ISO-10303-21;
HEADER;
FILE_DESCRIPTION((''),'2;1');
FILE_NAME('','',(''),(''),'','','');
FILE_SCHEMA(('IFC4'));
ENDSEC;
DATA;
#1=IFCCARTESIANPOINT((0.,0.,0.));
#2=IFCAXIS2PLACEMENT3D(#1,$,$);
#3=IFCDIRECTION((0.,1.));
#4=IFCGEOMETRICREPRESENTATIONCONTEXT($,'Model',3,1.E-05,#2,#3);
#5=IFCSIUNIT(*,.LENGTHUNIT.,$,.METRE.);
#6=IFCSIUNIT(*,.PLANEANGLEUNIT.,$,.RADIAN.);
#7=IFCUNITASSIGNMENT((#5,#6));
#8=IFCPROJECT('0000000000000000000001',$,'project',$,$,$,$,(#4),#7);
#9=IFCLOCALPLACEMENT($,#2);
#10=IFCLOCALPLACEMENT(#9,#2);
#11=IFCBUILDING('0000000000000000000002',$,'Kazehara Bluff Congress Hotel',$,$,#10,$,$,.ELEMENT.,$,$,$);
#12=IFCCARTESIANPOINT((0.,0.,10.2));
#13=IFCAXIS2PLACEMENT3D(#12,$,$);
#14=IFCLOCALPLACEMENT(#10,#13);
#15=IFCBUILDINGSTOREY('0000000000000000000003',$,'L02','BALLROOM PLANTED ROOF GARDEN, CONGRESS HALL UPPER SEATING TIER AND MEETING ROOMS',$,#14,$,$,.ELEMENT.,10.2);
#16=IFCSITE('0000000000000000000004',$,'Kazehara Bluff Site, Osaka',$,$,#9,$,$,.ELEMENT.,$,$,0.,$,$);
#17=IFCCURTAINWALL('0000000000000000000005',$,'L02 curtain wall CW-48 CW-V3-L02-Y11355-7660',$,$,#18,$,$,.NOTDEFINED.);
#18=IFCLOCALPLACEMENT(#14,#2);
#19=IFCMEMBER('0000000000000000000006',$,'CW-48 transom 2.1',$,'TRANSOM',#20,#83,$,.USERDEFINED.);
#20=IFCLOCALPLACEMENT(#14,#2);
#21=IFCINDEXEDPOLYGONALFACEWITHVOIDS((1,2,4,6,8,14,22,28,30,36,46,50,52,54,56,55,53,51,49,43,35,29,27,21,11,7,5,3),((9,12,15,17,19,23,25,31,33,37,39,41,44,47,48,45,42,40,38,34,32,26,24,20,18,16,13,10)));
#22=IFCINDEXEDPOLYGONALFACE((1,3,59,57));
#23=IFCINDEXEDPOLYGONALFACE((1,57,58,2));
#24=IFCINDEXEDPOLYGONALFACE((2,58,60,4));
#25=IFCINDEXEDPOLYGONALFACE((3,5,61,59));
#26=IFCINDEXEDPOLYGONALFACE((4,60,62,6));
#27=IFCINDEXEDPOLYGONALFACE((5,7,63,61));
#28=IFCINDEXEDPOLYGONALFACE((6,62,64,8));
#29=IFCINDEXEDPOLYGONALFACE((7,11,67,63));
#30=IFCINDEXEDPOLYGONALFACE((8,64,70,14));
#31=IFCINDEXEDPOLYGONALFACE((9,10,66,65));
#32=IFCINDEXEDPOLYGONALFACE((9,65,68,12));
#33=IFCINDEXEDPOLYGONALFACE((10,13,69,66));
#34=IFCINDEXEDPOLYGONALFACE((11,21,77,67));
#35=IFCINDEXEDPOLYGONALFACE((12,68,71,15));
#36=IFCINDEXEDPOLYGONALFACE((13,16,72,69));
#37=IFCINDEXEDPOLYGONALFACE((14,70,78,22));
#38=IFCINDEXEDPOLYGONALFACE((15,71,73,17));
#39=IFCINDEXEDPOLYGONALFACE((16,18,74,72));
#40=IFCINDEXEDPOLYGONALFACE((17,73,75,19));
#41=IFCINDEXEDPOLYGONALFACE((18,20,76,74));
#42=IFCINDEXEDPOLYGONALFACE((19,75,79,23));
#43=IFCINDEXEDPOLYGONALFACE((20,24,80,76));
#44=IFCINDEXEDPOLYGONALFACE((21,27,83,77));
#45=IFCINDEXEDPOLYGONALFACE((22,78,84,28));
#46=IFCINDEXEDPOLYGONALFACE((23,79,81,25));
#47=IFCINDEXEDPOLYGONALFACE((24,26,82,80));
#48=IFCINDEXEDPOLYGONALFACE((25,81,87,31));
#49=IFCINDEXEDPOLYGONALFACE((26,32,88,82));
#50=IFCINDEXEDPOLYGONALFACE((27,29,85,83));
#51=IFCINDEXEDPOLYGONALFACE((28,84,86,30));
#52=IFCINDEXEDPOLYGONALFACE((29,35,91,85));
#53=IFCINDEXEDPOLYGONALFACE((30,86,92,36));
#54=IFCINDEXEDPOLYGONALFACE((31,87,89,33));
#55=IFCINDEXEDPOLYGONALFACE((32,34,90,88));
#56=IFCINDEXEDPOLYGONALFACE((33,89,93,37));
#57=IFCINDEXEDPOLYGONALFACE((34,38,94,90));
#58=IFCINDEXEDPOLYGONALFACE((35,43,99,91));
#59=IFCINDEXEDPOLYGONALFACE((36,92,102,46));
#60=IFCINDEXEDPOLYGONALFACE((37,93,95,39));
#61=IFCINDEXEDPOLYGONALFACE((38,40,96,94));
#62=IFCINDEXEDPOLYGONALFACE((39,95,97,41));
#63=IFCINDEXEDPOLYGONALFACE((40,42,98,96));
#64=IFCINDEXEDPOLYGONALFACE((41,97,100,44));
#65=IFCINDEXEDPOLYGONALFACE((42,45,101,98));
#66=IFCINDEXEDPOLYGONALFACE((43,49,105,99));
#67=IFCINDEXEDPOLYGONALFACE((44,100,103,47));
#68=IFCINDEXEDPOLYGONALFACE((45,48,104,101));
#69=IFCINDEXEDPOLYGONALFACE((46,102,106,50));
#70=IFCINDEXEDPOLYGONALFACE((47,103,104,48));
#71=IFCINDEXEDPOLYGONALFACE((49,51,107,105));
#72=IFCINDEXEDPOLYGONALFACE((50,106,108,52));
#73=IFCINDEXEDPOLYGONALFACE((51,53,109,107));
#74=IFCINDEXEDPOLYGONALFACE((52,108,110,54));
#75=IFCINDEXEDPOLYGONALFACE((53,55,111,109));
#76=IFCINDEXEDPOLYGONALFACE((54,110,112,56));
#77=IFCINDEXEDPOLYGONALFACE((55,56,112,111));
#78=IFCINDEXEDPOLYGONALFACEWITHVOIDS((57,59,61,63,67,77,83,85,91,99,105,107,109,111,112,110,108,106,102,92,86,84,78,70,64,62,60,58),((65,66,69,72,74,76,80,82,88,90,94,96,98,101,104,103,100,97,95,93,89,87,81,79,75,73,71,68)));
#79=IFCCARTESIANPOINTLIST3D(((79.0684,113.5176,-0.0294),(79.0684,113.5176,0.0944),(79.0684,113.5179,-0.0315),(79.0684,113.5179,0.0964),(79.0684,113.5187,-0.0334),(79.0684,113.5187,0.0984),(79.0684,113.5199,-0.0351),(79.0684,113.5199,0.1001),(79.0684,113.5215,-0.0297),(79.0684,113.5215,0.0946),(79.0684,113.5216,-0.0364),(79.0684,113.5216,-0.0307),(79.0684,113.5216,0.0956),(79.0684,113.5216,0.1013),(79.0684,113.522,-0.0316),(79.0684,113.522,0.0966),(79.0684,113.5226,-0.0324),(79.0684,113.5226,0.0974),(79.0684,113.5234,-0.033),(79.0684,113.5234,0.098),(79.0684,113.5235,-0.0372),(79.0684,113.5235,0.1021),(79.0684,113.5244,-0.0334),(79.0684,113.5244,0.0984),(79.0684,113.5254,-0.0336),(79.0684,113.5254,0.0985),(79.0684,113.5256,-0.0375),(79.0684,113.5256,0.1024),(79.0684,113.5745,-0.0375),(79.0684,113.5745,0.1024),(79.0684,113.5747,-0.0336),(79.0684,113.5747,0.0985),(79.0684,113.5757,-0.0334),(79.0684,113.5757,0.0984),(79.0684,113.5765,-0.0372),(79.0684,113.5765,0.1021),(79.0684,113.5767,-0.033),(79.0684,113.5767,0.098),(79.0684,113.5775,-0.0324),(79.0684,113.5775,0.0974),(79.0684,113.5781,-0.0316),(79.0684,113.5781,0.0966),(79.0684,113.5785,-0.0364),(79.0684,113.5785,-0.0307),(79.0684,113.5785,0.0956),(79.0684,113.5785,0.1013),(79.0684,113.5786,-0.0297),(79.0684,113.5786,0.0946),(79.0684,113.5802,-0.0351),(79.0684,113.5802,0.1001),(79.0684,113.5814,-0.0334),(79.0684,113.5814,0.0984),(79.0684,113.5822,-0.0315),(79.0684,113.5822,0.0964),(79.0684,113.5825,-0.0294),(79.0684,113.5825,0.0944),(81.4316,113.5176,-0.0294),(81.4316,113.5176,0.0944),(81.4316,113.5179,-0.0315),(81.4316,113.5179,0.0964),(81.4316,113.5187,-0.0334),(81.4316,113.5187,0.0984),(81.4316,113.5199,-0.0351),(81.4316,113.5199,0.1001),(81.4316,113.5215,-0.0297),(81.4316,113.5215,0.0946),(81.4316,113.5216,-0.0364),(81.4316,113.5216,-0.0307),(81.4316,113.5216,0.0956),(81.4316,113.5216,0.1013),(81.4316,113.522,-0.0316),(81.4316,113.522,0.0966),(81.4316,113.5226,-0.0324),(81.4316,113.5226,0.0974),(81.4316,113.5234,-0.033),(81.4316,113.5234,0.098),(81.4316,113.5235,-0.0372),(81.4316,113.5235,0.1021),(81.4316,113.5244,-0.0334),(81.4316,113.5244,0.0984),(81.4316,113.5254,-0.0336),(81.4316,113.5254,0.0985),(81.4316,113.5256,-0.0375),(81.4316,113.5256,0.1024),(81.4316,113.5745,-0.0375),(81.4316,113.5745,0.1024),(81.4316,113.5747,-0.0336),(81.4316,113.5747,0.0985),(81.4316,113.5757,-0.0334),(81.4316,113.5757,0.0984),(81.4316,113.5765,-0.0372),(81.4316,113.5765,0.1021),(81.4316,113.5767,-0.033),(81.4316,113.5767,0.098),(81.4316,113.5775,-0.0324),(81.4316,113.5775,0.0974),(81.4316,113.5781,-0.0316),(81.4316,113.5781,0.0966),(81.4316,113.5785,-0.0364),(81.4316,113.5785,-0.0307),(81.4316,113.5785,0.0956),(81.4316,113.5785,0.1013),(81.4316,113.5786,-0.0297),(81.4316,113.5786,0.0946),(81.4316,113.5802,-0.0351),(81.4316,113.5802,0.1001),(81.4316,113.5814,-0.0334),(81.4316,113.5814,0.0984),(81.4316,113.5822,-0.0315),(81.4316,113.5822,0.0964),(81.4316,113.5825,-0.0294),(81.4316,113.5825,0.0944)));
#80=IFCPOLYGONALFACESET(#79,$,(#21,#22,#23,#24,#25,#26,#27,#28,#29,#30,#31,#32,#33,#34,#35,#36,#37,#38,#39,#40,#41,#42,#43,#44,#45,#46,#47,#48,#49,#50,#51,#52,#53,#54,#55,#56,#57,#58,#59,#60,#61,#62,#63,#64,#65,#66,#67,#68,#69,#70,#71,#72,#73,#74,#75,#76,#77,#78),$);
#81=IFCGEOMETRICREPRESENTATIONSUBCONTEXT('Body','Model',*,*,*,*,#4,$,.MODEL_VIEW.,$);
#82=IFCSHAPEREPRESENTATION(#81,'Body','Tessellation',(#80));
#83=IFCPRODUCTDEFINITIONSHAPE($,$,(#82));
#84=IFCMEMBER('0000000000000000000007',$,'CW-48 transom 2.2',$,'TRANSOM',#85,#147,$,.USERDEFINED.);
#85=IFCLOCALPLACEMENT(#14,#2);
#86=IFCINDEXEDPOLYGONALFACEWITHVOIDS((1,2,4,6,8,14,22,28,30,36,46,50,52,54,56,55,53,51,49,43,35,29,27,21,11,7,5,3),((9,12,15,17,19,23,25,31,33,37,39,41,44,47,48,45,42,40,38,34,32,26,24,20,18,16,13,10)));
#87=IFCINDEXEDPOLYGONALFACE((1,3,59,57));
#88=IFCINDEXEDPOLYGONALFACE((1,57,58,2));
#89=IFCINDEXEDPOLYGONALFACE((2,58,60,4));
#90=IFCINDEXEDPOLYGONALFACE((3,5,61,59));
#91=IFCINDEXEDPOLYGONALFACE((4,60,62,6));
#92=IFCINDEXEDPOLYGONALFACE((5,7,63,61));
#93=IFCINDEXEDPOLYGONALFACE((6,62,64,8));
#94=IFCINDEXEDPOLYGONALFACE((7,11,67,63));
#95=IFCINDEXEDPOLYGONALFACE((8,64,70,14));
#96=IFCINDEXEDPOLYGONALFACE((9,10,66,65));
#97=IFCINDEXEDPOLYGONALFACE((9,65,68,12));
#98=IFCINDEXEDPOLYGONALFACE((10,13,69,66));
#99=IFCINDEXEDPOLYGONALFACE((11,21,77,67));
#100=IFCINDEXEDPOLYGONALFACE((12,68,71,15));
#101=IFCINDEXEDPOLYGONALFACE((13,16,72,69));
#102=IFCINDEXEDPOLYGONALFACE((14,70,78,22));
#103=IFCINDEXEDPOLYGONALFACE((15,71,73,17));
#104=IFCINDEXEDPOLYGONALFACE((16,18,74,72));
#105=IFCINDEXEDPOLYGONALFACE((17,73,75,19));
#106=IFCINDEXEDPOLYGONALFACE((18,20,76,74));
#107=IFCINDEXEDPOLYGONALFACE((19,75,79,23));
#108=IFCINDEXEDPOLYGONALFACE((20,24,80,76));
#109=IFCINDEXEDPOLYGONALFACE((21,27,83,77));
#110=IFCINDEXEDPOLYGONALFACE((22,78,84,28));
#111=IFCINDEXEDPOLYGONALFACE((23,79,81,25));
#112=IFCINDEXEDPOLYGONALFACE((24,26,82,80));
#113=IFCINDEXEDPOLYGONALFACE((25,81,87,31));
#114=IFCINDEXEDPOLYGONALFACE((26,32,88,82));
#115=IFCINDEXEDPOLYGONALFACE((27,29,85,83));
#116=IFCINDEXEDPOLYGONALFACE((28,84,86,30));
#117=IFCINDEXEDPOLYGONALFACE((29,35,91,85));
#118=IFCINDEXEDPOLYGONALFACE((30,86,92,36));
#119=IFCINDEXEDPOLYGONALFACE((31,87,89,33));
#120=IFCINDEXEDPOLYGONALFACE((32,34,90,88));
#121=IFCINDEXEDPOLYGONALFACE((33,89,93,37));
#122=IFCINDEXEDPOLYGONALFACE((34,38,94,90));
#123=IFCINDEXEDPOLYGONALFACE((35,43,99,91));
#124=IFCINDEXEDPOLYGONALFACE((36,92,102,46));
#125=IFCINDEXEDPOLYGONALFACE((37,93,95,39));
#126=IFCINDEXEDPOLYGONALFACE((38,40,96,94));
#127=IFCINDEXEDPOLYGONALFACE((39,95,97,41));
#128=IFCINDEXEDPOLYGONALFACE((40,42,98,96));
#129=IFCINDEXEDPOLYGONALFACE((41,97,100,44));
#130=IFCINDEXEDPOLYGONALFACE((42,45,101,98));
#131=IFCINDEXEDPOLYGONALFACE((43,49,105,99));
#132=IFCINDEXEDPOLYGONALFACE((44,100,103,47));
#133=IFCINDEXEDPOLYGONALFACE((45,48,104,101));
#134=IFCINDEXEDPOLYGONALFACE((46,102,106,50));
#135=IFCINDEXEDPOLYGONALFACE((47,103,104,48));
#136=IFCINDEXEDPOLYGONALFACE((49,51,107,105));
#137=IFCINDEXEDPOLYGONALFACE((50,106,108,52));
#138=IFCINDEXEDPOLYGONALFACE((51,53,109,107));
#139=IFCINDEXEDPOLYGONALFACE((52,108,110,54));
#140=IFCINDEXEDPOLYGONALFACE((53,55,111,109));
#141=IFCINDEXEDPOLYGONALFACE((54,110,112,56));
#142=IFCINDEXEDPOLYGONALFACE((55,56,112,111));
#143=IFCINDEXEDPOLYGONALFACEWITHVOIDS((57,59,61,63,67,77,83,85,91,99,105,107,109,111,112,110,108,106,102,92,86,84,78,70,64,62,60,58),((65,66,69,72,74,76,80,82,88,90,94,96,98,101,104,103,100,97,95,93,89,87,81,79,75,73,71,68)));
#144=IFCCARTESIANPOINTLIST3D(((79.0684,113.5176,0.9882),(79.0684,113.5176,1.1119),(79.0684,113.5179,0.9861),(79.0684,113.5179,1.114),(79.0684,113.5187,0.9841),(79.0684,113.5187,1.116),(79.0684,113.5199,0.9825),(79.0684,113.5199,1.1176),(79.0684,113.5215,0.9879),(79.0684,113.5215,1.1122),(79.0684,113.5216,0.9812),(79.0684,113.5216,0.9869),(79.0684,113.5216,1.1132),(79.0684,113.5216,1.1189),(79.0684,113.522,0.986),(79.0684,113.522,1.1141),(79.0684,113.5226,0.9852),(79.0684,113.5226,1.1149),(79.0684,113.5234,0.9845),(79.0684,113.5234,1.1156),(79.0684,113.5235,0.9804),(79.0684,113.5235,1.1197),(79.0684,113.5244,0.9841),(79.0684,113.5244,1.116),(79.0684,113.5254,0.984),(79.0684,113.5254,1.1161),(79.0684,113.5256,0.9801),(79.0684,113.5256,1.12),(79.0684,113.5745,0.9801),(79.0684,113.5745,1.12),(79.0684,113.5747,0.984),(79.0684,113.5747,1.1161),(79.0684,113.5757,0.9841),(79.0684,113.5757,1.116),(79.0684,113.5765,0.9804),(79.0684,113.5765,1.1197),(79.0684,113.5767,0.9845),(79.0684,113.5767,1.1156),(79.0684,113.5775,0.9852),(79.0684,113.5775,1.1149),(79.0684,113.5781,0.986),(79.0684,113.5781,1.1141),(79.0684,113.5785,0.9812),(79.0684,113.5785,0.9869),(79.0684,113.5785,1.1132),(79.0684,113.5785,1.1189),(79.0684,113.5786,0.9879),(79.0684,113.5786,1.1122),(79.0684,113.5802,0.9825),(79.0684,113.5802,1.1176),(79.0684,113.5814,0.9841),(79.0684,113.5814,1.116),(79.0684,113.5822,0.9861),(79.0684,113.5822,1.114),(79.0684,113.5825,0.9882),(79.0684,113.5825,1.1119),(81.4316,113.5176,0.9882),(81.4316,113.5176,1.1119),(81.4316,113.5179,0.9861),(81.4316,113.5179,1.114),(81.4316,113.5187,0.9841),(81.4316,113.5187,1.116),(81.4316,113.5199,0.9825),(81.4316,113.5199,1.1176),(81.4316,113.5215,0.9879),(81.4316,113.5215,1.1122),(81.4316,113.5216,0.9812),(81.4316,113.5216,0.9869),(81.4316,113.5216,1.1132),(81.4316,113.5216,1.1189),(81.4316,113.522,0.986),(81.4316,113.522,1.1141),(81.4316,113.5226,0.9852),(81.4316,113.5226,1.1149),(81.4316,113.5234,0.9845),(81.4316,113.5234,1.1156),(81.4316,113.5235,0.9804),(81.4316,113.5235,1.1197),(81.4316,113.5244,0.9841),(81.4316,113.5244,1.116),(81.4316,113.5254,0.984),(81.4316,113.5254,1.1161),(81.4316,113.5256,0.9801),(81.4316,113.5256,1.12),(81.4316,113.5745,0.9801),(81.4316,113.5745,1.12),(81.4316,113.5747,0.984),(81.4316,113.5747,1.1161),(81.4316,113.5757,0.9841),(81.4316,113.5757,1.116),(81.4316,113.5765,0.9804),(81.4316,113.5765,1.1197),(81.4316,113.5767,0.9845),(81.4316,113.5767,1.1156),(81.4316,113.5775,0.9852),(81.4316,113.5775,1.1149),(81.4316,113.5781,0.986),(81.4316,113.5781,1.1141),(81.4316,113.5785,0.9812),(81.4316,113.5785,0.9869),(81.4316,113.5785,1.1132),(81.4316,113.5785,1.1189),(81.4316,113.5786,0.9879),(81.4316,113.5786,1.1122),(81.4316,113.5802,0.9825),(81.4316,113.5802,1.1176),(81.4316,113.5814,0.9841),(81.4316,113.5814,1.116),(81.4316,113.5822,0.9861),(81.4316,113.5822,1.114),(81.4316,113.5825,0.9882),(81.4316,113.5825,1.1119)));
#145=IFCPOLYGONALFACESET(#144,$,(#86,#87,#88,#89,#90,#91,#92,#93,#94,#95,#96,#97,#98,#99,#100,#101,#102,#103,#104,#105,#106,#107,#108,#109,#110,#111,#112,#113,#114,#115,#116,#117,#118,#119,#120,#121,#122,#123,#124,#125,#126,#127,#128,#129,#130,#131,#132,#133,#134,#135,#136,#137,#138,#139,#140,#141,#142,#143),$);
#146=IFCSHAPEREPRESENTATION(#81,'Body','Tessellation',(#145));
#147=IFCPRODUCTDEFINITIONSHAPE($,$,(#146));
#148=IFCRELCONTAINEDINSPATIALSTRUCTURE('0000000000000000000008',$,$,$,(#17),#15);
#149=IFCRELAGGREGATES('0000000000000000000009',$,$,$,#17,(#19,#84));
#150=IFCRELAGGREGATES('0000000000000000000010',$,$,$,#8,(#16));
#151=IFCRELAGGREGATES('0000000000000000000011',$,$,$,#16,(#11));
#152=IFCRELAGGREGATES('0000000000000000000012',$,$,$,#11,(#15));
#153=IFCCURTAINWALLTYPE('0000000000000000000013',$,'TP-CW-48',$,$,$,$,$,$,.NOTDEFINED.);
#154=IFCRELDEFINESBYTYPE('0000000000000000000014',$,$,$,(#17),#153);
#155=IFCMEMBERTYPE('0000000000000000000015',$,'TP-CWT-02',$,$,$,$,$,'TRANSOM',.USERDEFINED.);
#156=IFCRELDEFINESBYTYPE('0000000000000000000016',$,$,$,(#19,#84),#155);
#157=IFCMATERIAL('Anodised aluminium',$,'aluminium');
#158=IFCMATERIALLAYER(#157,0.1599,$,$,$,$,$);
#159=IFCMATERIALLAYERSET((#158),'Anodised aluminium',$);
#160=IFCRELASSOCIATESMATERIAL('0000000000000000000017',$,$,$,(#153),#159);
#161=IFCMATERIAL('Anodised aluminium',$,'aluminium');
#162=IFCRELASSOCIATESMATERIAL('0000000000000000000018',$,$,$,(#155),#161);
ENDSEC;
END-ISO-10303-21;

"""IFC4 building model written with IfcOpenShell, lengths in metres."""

from ifc_helpers import new_model, si_unit, direction, frame, origin, origin_2d, place, context, subcontext, project, spatial, hollow_rectangle, extrude, material, layer, layer_set, material_profile, profile_set, type_object, element, aggregate, save


model = new_model("IFC4")

# Units and contexts
model_context = context("Model", 3, precision=1e-05, world=origin(), true_north=direction((0.0, 1.0)))
body_context = subcontext(model_context, "Body", "Model", "MODEL_VIEW")
ifc_project = project(units=[si_unit("LENGTHUNIT", "METRE"), si_unit("PLANEANGLEUNIT", "RADIAN")], contexts=[model_context])

# Site, building, storey
site_placement = place(None, origin())
site = spatial("IfcSite", under=ifc_project, at=site_placement, Name="Kazehara Bluff Site, Osaka", CompositionType="ELEMENT", RefElevation=0.0)
building_placement = place(site_placement, origin())
building = spatial("IfcBuilding", under=site, at=building_placement, Name="Kazehara Bluff Congress Hotel", CompositionType="ELEMENT")
storey_placement = place(building_placement, frame((0.0, 0.0, 10.2)))
storey = spatial("IfcBuildingStorey", under=building, at=storey_placement, Name="L02", Description="BALLROOM PLANTED ROOF GARDEN, CONGRESS HALL UPPER SEATING TIER AND MEETING ROOMS", CompositionType="ELEMENT", Elevation=10.2)

# Curtain wall, members
ifc_material_1 = material(Name="Anodised aluminium", Category="aluminium")
ifc_layer_1 = layer(ifc_material_1, 0.1599)
ifc_layer_set_1 = layer_set([ifc_layer_1], Name="Anodised aluminium")
curtain_wall_type = type_object("IfcCurtainWallType", Name="TP-CW-48", PredefinedType="NOTDEFINED", material=ifc_layer_set_1)
curtain_wall_placement = place(storey_placement, origin())
curtain_wall = element("IfcCurtainWall", 1, at=curtain_wall_placement, inside=storey, type_object=curtain_wall_type, Name="L02 curtain wall CW-48 CW-V3-L02-Y11355-7660", PredefinedType="NOTDEFINED")
ifc_material_2 = material(Name="Anodised aluminium", Category="aluminium")
ifc_material_profile_1 = material_profile(ifc_material_2, hollow_rectangle(XDim=0.0649, YDim=0.1399, WallThickness=0.0039, InnerFilletRadius=0.0039, OuterFilletRadius=0.0081, at=origin_2d()))
ifc_profile_set_1 = profile_set([ifc_material_profile_1], Name="Anodised aluminium")
member_type_1 = type_object("IfcMemberType", Name="TP-CWT-02", ElementType="TRANSOM", PredefinedType="USERDEFINED", material=ifc_profile_set_1)
member_1_placement = place(storey_placement, frame((79.0684, 113.55, 0.0325), z_axis=(1.0, 0.0, 0.0), x_axis=(0.0, 1.0, 0.0)))
member_1 = element("IfcMember", 2, at=member_1_placement, type_object=member_type_1, Name="CW-48 transom 2.1", ObjectType="TRANSOM", PredefinedType="USERDEFINED", context=body_context, shape_type="SweptSolid", body=[
    extrude(hollow_rectangle(XDim=0.0649, YDim=0.1399, WallThickness=0.0039, InnerFilletRadius=0.0039, OuterFilletRadius=0.0081, at=origin_2d()), origin(), (0.0, 0.0, 1.0), 2.3633),
])
member_2_placement = place(storey_placement, frame((79.0684, 113.55, 1.05), z_axis=(1.0, 0.0, 0.0), x_axis=(0.0, 1.0, 0.0)))
member_2 = element("IfcMember", 3, at=member_2_placement, type_object=member_type_1, Name="CW-48 transom 2.2", ObjectType="TRANSOM", PredefinedType="USERDEFINED", context=body_context, shape_type="SweptSolid", body=[
    extrude(hollow_rectangle(XDim=0.0649, YDim=0.1399, WallThickness=0.0039, InnerFilletRadius=0.0039, OuterFilletRadius=0.0081, at=origin_2d()), origin(), (0.0, 0.0, 1.0), 2.3633),
])
aggregate(curtain_wall, [member_1, member_2])

save(model, "model.ifc")
